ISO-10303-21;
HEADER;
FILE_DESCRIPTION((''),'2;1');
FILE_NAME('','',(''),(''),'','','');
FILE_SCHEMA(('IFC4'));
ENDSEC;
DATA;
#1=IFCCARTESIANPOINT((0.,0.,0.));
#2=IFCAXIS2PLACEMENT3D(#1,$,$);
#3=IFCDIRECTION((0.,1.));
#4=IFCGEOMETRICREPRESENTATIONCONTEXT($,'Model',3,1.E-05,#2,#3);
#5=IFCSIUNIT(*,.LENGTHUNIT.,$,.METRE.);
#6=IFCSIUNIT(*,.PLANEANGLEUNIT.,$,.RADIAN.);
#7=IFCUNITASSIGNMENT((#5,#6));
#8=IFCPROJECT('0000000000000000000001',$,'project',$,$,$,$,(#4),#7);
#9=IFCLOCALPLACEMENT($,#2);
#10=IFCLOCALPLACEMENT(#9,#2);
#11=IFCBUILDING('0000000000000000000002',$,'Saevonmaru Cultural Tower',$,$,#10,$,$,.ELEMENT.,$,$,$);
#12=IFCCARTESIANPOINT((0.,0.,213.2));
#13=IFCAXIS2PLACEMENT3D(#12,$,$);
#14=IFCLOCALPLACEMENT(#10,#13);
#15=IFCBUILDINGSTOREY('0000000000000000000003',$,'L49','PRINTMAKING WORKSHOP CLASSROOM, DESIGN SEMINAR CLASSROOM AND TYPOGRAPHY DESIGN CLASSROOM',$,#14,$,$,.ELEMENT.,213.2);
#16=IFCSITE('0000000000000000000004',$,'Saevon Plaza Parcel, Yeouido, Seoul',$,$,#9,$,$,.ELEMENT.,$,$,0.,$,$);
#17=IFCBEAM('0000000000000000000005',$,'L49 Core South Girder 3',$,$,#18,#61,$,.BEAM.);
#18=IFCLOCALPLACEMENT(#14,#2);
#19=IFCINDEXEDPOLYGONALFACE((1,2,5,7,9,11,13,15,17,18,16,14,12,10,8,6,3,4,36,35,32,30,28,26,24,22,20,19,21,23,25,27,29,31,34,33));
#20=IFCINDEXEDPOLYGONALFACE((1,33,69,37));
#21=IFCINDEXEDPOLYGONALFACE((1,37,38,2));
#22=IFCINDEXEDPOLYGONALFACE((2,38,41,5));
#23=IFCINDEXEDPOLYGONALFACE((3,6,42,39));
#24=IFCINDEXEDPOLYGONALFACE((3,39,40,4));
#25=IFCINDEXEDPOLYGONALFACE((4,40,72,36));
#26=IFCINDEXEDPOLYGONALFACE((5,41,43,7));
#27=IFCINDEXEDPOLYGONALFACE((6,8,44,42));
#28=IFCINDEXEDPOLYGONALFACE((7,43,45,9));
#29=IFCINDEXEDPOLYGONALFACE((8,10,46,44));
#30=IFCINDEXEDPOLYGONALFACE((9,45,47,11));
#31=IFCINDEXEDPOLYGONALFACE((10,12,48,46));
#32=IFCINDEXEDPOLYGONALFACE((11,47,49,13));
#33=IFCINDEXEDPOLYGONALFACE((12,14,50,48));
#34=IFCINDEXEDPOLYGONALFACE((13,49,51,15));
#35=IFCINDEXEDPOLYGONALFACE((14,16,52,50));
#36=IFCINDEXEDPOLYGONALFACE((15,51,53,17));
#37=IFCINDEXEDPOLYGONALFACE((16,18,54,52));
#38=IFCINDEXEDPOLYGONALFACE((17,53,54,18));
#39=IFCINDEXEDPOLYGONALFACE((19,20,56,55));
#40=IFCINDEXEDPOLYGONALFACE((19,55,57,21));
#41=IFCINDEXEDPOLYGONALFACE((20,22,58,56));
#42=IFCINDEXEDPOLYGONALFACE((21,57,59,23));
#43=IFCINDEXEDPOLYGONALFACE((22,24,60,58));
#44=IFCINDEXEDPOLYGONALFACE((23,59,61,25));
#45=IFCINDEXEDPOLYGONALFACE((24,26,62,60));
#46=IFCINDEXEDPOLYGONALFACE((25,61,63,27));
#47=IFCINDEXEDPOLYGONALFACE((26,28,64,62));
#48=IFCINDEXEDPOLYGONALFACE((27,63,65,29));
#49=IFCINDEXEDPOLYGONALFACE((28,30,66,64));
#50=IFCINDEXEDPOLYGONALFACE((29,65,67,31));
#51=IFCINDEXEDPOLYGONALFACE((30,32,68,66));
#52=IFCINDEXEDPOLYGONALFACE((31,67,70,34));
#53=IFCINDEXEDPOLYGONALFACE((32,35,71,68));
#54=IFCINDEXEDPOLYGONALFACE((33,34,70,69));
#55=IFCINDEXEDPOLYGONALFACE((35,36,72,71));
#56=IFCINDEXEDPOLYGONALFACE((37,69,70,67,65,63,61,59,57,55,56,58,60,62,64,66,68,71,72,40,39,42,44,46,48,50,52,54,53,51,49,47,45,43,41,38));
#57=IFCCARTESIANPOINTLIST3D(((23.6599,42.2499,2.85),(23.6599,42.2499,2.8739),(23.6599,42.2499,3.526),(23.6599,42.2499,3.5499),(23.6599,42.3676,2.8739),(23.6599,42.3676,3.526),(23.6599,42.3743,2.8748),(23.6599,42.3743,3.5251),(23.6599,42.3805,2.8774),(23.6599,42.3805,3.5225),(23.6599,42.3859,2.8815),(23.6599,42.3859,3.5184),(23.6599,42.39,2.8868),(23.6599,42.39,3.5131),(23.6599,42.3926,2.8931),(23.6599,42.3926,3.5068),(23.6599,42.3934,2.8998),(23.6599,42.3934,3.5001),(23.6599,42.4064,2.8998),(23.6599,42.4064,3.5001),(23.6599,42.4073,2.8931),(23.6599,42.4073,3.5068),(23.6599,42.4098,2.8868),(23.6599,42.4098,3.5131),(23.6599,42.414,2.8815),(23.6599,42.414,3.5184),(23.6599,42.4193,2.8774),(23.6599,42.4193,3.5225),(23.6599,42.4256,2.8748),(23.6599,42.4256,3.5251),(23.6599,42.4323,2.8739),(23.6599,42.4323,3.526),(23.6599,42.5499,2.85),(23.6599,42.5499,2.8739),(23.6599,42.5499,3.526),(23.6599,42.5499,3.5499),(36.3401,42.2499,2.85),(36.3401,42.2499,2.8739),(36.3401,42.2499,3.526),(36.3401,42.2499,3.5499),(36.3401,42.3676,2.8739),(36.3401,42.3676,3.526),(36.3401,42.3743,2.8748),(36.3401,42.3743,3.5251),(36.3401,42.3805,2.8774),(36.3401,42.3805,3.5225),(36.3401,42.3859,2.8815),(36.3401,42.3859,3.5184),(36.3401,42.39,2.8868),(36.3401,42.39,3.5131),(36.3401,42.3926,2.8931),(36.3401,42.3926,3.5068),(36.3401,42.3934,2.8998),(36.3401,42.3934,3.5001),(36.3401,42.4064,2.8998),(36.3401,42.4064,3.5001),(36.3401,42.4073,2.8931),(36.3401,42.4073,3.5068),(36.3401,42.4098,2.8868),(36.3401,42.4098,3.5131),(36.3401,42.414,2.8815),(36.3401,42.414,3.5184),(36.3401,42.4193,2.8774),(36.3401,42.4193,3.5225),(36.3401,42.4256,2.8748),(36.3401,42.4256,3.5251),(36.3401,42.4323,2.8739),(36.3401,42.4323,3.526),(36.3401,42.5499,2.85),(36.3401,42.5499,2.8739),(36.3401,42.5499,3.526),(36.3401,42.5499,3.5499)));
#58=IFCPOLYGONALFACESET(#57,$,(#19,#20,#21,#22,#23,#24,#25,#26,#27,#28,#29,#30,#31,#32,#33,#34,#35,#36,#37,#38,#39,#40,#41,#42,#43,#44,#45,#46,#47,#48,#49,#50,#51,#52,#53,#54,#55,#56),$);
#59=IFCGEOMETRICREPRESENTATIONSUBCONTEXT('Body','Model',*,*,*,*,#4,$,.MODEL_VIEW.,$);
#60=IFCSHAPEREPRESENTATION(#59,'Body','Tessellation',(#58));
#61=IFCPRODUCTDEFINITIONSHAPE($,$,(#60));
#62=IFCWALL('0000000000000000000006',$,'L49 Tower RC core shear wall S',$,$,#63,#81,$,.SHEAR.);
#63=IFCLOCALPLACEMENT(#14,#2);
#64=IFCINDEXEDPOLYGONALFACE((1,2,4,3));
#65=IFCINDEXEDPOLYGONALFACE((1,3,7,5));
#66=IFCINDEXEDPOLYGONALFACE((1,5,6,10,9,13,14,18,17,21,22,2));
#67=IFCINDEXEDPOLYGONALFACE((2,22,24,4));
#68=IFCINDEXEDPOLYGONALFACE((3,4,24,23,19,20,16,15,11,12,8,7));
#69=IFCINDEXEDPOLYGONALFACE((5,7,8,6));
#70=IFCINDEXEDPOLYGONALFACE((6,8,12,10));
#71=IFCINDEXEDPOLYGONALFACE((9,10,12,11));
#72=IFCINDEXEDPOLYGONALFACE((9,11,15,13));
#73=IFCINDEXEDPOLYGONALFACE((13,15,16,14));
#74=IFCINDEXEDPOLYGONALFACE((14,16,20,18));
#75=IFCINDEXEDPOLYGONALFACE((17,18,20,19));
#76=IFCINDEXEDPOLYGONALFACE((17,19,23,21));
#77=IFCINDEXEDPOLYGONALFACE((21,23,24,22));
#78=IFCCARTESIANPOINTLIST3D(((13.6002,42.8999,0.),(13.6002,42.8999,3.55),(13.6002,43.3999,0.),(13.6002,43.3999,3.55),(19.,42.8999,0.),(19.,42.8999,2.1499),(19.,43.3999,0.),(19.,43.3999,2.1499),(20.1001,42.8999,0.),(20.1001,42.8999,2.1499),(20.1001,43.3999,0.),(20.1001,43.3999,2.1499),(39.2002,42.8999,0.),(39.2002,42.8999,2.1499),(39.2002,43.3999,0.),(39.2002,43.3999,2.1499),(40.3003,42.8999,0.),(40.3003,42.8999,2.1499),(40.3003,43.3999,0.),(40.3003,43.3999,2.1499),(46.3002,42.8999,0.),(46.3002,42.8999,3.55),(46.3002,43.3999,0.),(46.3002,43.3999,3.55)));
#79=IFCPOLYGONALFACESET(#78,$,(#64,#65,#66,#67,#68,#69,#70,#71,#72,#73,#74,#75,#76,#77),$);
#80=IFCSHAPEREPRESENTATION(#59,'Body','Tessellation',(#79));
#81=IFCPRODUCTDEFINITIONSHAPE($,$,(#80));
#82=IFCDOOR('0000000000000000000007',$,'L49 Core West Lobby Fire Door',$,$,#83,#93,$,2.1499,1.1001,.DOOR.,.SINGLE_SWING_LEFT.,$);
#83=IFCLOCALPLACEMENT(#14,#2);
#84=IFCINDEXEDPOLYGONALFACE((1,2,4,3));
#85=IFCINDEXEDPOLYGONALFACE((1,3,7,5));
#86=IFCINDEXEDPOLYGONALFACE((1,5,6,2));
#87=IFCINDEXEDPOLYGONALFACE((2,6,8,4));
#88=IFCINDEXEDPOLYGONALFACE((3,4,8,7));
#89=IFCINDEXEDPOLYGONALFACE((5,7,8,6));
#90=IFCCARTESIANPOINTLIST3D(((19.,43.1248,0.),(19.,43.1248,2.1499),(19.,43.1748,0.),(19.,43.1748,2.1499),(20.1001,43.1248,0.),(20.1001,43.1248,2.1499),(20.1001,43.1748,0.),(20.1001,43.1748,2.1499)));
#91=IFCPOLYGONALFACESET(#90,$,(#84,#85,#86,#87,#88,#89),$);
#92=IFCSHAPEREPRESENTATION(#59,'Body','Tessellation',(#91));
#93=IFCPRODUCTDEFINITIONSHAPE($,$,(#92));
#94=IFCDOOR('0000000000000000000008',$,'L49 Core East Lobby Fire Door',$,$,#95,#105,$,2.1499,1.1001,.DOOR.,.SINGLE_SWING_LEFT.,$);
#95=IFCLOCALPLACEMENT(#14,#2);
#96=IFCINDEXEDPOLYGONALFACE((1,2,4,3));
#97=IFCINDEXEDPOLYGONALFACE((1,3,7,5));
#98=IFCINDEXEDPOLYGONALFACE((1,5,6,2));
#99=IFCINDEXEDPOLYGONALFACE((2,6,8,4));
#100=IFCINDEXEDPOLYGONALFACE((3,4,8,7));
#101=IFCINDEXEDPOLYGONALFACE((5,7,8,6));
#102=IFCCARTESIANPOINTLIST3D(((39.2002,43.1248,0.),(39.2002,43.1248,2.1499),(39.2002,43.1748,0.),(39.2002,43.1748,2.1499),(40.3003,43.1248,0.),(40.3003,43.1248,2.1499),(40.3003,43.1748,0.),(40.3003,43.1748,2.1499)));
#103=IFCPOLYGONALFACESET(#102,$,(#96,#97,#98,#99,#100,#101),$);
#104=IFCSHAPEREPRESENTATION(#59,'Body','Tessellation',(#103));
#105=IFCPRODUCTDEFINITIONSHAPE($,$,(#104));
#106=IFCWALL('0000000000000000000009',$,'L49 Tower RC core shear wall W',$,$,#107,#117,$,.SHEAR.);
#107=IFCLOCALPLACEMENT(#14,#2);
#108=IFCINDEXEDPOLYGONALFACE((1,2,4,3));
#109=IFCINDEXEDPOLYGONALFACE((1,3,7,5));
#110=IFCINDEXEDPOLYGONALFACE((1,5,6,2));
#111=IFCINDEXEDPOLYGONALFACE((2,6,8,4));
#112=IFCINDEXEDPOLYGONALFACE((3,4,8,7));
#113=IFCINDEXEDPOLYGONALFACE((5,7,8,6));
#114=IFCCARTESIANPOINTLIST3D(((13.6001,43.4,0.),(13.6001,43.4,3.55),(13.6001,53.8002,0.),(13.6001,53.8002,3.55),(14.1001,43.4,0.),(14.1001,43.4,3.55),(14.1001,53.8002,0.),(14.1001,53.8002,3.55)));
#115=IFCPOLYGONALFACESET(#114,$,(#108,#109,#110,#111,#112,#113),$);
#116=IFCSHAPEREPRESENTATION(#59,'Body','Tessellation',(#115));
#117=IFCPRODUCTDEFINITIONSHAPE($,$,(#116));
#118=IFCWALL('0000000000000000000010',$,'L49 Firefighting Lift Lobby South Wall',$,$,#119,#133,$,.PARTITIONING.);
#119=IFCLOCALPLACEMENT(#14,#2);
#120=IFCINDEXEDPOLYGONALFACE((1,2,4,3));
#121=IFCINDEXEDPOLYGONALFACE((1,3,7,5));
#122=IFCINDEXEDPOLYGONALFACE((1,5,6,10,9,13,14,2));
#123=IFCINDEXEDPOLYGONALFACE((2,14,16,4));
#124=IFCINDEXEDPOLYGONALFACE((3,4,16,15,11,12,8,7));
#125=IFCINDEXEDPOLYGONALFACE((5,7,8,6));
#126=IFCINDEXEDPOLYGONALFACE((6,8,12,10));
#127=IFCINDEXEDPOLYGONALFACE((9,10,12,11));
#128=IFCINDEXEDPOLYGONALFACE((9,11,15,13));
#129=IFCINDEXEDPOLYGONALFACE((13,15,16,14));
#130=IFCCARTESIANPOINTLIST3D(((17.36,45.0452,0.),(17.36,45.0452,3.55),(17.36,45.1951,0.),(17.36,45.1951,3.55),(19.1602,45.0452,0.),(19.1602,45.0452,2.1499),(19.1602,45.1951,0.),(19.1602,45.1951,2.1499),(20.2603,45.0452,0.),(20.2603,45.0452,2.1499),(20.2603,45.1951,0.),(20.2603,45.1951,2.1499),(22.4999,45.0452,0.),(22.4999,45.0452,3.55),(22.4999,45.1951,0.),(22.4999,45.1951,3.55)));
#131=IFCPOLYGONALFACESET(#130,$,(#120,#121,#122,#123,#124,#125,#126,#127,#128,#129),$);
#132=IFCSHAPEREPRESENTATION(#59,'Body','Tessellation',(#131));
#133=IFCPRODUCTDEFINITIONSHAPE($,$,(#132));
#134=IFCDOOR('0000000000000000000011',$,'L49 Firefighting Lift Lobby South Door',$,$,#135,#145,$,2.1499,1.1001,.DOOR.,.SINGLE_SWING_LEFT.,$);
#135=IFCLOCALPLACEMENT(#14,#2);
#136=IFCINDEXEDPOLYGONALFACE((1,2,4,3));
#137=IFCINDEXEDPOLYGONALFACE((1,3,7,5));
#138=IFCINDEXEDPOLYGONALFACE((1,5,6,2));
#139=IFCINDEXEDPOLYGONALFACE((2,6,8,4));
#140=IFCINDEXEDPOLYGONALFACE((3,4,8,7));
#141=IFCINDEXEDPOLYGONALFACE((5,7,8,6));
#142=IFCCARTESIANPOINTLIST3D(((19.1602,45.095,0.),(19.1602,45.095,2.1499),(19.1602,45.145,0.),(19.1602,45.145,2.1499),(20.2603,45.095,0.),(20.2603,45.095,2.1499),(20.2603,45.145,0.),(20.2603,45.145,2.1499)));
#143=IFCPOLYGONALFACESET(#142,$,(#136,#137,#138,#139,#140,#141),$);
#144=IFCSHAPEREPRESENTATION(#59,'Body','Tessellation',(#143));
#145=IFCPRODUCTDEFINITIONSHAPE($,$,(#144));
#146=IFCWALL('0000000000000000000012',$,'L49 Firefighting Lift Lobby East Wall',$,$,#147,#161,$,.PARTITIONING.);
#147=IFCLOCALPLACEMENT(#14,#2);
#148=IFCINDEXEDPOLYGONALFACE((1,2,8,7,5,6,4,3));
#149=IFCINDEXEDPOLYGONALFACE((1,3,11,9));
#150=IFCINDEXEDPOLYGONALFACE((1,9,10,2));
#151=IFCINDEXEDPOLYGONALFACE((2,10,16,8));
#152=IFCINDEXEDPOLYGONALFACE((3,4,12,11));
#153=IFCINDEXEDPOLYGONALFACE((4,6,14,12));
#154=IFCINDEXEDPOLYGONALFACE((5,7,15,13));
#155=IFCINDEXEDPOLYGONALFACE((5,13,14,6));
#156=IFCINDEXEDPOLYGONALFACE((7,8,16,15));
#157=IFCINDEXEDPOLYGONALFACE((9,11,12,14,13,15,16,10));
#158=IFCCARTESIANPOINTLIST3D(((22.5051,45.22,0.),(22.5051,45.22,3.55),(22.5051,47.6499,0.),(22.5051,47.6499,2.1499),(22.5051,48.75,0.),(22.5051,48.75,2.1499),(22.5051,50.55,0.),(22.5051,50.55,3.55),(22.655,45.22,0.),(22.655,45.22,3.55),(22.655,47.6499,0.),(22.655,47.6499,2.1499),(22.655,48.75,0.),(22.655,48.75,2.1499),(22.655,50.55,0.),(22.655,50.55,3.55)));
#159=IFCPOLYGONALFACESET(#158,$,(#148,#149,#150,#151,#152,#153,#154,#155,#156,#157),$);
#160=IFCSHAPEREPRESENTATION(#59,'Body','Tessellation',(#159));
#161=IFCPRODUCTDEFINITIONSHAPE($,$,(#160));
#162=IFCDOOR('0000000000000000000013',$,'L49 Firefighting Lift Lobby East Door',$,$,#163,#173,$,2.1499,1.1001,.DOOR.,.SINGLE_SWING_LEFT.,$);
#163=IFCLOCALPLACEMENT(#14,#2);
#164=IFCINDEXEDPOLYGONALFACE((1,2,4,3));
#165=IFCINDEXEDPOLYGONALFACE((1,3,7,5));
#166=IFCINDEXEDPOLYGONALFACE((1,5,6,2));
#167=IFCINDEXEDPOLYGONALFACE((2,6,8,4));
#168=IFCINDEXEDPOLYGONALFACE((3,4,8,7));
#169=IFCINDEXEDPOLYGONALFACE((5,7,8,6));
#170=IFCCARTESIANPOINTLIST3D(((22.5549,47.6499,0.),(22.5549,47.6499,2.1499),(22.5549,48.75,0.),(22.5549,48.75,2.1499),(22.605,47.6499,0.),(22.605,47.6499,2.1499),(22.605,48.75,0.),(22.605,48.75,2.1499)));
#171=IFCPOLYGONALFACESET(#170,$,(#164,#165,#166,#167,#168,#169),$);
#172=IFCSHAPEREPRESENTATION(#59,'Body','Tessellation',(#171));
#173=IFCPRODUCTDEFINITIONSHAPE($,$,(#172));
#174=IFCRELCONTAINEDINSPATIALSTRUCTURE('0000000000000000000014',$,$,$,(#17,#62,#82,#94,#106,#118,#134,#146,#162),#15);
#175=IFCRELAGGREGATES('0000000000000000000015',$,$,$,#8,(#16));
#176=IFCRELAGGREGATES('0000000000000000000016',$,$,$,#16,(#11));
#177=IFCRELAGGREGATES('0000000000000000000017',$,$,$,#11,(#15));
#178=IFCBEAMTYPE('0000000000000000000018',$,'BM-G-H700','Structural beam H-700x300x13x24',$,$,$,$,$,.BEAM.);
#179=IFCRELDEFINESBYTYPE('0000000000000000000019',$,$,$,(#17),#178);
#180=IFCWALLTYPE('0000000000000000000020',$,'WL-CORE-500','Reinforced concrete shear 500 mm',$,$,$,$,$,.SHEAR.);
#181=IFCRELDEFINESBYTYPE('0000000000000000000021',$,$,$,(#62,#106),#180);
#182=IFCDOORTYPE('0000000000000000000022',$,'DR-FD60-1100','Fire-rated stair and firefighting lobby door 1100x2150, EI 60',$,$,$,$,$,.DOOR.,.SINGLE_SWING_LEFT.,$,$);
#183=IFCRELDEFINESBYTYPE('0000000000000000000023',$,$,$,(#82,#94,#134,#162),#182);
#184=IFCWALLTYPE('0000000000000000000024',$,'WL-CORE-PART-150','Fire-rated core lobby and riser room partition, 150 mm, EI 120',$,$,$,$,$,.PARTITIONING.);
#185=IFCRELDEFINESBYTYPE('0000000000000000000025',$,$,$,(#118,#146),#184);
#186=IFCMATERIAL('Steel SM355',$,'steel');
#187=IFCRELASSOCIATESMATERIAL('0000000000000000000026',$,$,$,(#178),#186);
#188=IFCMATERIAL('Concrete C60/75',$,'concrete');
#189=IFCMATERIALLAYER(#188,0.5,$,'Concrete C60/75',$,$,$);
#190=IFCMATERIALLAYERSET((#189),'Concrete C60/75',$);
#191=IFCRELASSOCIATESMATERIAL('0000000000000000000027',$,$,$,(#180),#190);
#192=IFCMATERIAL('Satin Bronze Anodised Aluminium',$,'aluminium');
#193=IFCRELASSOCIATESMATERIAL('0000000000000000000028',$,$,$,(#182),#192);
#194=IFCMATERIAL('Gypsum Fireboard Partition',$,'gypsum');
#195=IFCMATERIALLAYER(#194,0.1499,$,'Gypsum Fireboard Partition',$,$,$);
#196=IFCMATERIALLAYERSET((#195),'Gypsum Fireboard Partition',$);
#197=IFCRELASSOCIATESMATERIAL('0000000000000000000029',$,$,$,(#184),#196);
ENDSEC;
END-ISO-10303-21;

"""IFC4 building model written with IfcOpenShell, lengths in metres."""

from ifc_helpers import new_model, si_unit, direction, frame, frame_2d, origin, origin_2d, place, context, subcontext, project, spatial, rectangle, i_section, extrude, material, layer, layer_set, material_profile, profile_set, type_object, element, fill, save


model = new_model("IFC4")

# Units and contexts
model_context = context("Model", 3, precision=1e-05, world=origin(), true_north=direction((0.0, 1.0)))
body_context = subcontext(model_context, "Body", "Model", "MODEL_VIEW")
ifc_project = project(units=[si_unit("LENGTHUNIT", "METRE"), si_unit("PLANEANGLEUNIT", "RADIAN")], contexts=[model_context])

# Site, building, storey
site_placement = place(None, origin())
site = spatial("IfcSite", under=ifc_project, at=site_placement, Name="Saevon Plaza Parcel, Yeouido, Seoul", CompositionType="ELEMENT", RefElevation=0.0)
building_placement = place(site_placement, origin())
building = spatial("IfcBuilding", under=site, at=building_placement, Name="Saevonmaru Cultural Tower", CompositionType="ELEMENT")
storey_placement = place(building_placement, frame((0.0, 0.0, 213.2)))
storey = spatial("IfcBuildingStorey", under=building, at=storey_placement, Name="L49", Description="PRINTMAKING WORKSHOP CLASSROOM, DESIGN SEMINAR CLASSROOM AND TYPOGRAPHY DESIGN CLASSROOM", CompositionType="ELEMENT", Elevation=213.2)

# Beam
ifc_material_1 = material(Name="Steel SM355", Category="steel")
ifc_material_profile = material_profile(ifc_material_1, i_section(OverallWidth=0.3, OverallDepth=0.7, WebThickness=0.0129, FlangeThickness=0.0239, FilletRadius=0.0259, at=origin_2d()), Name="H-700x300x13x24")
ifc_profile_set = profile_set([ifc_material_profile], Name="Steel SM355")
beam_type = type_object("IfcBeamType", Name="BM-G-H700", Description="Structural beam H-700x300x13x24", PredefinedType="BEAM", material=ifc_profile_set)
beam_placement = place(storey_placement, frame((23.6599, 42.3999, 3.2), z_axis=(1.0, 0.0, 0.0), x_axis=(0.0, 1.0, 0.0)))
element("IfcBeam", 1, at=beam_placement, inside=storey, type_object=beam_type, Name="L49 Core South Girder 3", PredefinedType="BEAM", context=body_context, shape_type="SweptSolid", body=[
    extrude(i_section(OverallWidth=0.3, OverallDepth=0.7, WebThickness=0.0129, FlangeThickness=0.0239, FilletRadius=0.0259, at=origin_2d()), origin(), (0.0, 0.0, 1.0), 12.6802),
])

# Wall, openings, doors
ifc_material_2 = material(Name="Concrete C60/75", Category="concrete")
ifc_layer_1 = layer(ifc_material_2, 0.5, Name="Concrete C60/75")
ifc_layer_set_1 = layer_set([ifc_layer_1], Name="Concrete C60/75")
wall_type_1 = type_object("IfcWallType", Name="WL-CORE-500", Description="Reinforced concrete shear 500 mm", PredefinedType="SHEAR", material=ifc_layer_set_1)
wall_1_placement = place(storey_placement, frame((13.6001, 43.1499, 0.0), z_axis=(0.0, 0.0, 1.0), x_axis=(1.0, 0.0, 0.0)))
wall_1 = element("IfcWall", 2, at=wall_1_placement, inside=storey, type_object=wall_type_1, Name="L49 Tower RC core shear wall S", PredefinedType="SHEAR", context=body_context, shape_type="SweptSolid", body=[
    extrude(rectangle(XDim=32.7, YDim=0.5, at=frame_2d((16.3501, 0.0))), origin(), (0.0, 0.0, 1.0), 3.55),
])
opening_1_placement = place(wall_1_placement, frame((5.3999, 0.0, 0.0)))
opening_1 = element("IfcOpeningElement", 3, at=opening_1_placement, cuts=wall_1, PredefinedType="OPENING", context=body_context, shape_type="SweptSolid", body=[
    extrude(rectangle(XDim=1.1001, YDim=2.1499, at=frame_2d((0.55, 1.075))), frame((0.0, 0.26, 0.0), z_axis=(0.0, -1.0, 0.0), x_axis=(1.0, 0.0, 0.0)), (0.0, 0.0, 1.0), 0.52),
])
opening_2_placement = place(wall_1_placement, frame((25.6001, 0.0, 0.0)))
opening_2 = element("IfcOpeningElement", 4, at=opening_2_placement, cuts=wall_1, PredefinedType="OPENING", context=body_context, shape_type="SweptSolid", body=[
    extrude(rectangle(XDim=1.1001, YDim=2.1499, at=frame_2d((0.55, 1.075))), frame((0.0, 0.26, 0.0), z_axis=(0.0, -1.0, 0.0), x_axis=(1.0, 0.0, 0.0)), (0.0, 0.0, 1.0), 0.52),
])
ifc_material_3 = material(Name="Satin Bronze Anodised Aluminium", Category="aluminium")
door_type_1 = type_object("IfcDoorType", Name="DR-FD60-1100", Description="Fire-rated stair and firefighting lobby door 1100x2150, EI 60", OperationType="SINGLE_SWING_LEFT", PredefinedType="DOOR", material=ifc_material_3)
door_1_placement = place(opening_1_placement, origin())
door_1 = element("IfcDoor", 5, at=door_1_placement, inside=storey, type_object=door_type_1, Name="L49 Core West Lobby Fire Door", OperationType="SINGLE_SWING_LEFT", OverallHeight=2.1499, OverallWidth=1.1001, PredefinedType="DOOR", context=body_context, shape_type="SweptSolid", body=[
    extrude(rectangle(XDim=1.1001, YDim=2.1499, at=frame_2d((0.55, 1.075))), frame((0.0, 0.0249, 0.0), z_axis=(0.0, -1.0, 0.0), x_axis=(1.0, 0.0, 0.0)), (0.0, 0.0, 1.0), 0.05),
])
fill(opening_1, door_1)
door_2_placement = place(opening_2_placement, origin())
door_2 = element("IfcDoor", 6, at=door_2_placement, inside=storey, type_object=door_type_1, Name="L49 Core East Lobby Fire Door", OperationType="SINGLE_SWING_LEFT", OverallHeight=2.1499, OverallWidth=1.1001, PredefinedType="DOOR", context=body_context, shape_type="SweptSolid", body=[
    extrude(rectangle(XDim=1.1001, YDim=2.1499, at=frame_2d((0.55, 1.075))), frame((0.0, 0.0249, 0.0), z_axis=(0.0, -1.0, 0.0), x_axis=(1.0, 0.0, 0.0)), (0.0, 0.0, 1.0), 0.05),
])
fill(opening_2, door_2)

# Wall
wall_2_placement = place(storey_placement, frame((13.8501, 43.3999, 0.0), z_axis=(0.0, 0.0, 1.0), x_axis=(0.0, 1.0, 0.0)))
element("IfcWall", 7, at=wall_2_placement, inside=storey, type_object=wall_type_1, Name="L49 Tower RC core shear wall W", PredefinedType="SHEAR", context=body_context, shape_type="SweptSolid", body=[
    extrude(rectangle(XDim=10.4001, YDim=0.5, at=frame_2d((5.2002, 0.0))), origin(), (0.0, 0.0, 1.0), 3.55),
])

# Walls, openings, doors
ifc_material_4 = material(Name="Gypsum Fireboard Partition", Category="gypsum")
ifc_layer_2 = layer(ifc_material_4, 0.1499, Name="Gypsum Fireboard Partition")
ifc_layer_set_2 = layer_set([ifc_layer_2], Name="Gypsum Fireboard Partition")
wall_type_2 = type_object("IfcWallType", Name="WL-CORE-PART-150", Description="Fire-rated core lobby and riser room partition, 150 mm, EI 120", PredefinedType="PARTITIONING", material=ifc_layer_set_2)
wall_3_placement = place(storey_placement, frame((17.3601, 45.1201, 0.0), z_axis=(0.0, 0.0, 1.0), x_axis=(1.0, 0.0, 0.0)))
wall_3 = element("IfcWall", 8, at=wall_3_placement, inside=storey, type_object=wall_type_2, Name="L49 Firefighting Lift Lobby South Wall", PredefinedType="PARTITIONING", context=body_context, shape_type="SweptSolid", body=[
    extrude(rectangle(XDim=5.1399, YDim=0.1499, at=frame_2d((2.5698, 0.0))), origin(), (0.0, 0.0, 1.0), 3.55),
])
opening_3_placement = place(wall_3_placement, frame((1.8, 0.0, 0.0)))
opening_3 = element("IfcOpeningElement", 9, at=opening_3_placement, cuts=wall_3, PredefinedType="OPENING", context=body_context, shape_type="SweptSolid", body=[
    extrude(rectangle(XDim=1.1001, YDim=2.1499, at=frame_2d((0.55, 1.075))), frame((0.0, 0.085, 0.0), z_axis=(0.0, -1.0, 0.0), x_axis=(1.0, 0.0, 0.0)), (0.0, 0.0, 1.0), 0.1699),
])
door_3_placement = place(opening_3_placement, origin())
door_3 = element("IfcDoor", 10, at=door_3_placement, inside=storey, type_object=door_type_1, Name="L49 Firefighting Lift Lobby South Door", OperationType="SINGLE_SWING_LEFT", OverallHeight=2.1499, OverallWidth=1.1001, PredefinedType="DOOR", context=body_context, shape_type="SweptSolid", body=[
    extrude(rectangle(XDim=1.1001, YDim=2.1499, at=frame_2d((0.55, 1.075))), frame((0.0, 0.0249, 0.0), z_axis=(0.0, -1.0, 0.0), x_axis=(1.0, 0.0, 0.0)), (0.0, 0.0, 1.0), 0.05),
])
fill(opening_3, door_3)
wall_4_placement = place(storey_placement, frame((22.5801, 50.55, 0.0), z_axis=(0.0, 0.0, 1.0), x_axis=(0.0, -1.0, 0.0)))
wall_4 = element("IfcWall", 11, at=wall_4_placement, inside=storey, type_object=wall_type_2, Name="L49 Firefighting Lift Lobby East Wall", PredefinedType="PARTITIONING", context=body_context, shape_type="SweptSolid", body=[
    extrude(rectangle(XDim=5.3301, YDim=0.1499, at=frame_2d((2.665, 0.0))), origin(), (0.0, 0.0, 1.0), 3.55),
])
opening_4_placement = place(wall_4_placement, frame((1.8, 0.0, 0.0)))
opening_4 = element("IfcOpeningElement", 12, at=opening_4_placement, cuts=wall_4, PredefinedType="OPENING", context=body_context, shape_type="SweptSolid", body=[
    extrude(rectangle(XDim=1.1001, YDim=2.1499, at=frame_2d((0.55, 1.075))), frame((0.0, 0.085, 0.0), z_axis=(0.0, -1.0, 0.0), x_axis=(1.0, 0.0, 0.0)), (0.0, 0.0, 1.0), 0.1699),
])
door_4_placement = place(opening_4_placement, origin())
door_4 = element("IfcDoor", 13, at=door_4_placement, inside=storey, type_object=door_type_1, Name="L49 Firefighting Lift Lobby East Door", OperationType="SINGLE_SWING_LEFT", OverallHeight=2.1499, OverallWidth=1.1001, PredefinedType="DOOR", context=body_context, shape_type="SweptSolid", body=[
    extrude(rectangle(XDim=1.1001, YDim=2.1499, at=frame_2d((0.55, 1.075))), frame((0.0, 0.0249, 0.0), z_axis=(0.0, -1.0, 0.0), x_axis=(1.0, 0.0, 0.0)), (0.0, 0.0, 1.0), 0.05),
])
fill(opening_4, door_4)

save(model, "model.ifc")
